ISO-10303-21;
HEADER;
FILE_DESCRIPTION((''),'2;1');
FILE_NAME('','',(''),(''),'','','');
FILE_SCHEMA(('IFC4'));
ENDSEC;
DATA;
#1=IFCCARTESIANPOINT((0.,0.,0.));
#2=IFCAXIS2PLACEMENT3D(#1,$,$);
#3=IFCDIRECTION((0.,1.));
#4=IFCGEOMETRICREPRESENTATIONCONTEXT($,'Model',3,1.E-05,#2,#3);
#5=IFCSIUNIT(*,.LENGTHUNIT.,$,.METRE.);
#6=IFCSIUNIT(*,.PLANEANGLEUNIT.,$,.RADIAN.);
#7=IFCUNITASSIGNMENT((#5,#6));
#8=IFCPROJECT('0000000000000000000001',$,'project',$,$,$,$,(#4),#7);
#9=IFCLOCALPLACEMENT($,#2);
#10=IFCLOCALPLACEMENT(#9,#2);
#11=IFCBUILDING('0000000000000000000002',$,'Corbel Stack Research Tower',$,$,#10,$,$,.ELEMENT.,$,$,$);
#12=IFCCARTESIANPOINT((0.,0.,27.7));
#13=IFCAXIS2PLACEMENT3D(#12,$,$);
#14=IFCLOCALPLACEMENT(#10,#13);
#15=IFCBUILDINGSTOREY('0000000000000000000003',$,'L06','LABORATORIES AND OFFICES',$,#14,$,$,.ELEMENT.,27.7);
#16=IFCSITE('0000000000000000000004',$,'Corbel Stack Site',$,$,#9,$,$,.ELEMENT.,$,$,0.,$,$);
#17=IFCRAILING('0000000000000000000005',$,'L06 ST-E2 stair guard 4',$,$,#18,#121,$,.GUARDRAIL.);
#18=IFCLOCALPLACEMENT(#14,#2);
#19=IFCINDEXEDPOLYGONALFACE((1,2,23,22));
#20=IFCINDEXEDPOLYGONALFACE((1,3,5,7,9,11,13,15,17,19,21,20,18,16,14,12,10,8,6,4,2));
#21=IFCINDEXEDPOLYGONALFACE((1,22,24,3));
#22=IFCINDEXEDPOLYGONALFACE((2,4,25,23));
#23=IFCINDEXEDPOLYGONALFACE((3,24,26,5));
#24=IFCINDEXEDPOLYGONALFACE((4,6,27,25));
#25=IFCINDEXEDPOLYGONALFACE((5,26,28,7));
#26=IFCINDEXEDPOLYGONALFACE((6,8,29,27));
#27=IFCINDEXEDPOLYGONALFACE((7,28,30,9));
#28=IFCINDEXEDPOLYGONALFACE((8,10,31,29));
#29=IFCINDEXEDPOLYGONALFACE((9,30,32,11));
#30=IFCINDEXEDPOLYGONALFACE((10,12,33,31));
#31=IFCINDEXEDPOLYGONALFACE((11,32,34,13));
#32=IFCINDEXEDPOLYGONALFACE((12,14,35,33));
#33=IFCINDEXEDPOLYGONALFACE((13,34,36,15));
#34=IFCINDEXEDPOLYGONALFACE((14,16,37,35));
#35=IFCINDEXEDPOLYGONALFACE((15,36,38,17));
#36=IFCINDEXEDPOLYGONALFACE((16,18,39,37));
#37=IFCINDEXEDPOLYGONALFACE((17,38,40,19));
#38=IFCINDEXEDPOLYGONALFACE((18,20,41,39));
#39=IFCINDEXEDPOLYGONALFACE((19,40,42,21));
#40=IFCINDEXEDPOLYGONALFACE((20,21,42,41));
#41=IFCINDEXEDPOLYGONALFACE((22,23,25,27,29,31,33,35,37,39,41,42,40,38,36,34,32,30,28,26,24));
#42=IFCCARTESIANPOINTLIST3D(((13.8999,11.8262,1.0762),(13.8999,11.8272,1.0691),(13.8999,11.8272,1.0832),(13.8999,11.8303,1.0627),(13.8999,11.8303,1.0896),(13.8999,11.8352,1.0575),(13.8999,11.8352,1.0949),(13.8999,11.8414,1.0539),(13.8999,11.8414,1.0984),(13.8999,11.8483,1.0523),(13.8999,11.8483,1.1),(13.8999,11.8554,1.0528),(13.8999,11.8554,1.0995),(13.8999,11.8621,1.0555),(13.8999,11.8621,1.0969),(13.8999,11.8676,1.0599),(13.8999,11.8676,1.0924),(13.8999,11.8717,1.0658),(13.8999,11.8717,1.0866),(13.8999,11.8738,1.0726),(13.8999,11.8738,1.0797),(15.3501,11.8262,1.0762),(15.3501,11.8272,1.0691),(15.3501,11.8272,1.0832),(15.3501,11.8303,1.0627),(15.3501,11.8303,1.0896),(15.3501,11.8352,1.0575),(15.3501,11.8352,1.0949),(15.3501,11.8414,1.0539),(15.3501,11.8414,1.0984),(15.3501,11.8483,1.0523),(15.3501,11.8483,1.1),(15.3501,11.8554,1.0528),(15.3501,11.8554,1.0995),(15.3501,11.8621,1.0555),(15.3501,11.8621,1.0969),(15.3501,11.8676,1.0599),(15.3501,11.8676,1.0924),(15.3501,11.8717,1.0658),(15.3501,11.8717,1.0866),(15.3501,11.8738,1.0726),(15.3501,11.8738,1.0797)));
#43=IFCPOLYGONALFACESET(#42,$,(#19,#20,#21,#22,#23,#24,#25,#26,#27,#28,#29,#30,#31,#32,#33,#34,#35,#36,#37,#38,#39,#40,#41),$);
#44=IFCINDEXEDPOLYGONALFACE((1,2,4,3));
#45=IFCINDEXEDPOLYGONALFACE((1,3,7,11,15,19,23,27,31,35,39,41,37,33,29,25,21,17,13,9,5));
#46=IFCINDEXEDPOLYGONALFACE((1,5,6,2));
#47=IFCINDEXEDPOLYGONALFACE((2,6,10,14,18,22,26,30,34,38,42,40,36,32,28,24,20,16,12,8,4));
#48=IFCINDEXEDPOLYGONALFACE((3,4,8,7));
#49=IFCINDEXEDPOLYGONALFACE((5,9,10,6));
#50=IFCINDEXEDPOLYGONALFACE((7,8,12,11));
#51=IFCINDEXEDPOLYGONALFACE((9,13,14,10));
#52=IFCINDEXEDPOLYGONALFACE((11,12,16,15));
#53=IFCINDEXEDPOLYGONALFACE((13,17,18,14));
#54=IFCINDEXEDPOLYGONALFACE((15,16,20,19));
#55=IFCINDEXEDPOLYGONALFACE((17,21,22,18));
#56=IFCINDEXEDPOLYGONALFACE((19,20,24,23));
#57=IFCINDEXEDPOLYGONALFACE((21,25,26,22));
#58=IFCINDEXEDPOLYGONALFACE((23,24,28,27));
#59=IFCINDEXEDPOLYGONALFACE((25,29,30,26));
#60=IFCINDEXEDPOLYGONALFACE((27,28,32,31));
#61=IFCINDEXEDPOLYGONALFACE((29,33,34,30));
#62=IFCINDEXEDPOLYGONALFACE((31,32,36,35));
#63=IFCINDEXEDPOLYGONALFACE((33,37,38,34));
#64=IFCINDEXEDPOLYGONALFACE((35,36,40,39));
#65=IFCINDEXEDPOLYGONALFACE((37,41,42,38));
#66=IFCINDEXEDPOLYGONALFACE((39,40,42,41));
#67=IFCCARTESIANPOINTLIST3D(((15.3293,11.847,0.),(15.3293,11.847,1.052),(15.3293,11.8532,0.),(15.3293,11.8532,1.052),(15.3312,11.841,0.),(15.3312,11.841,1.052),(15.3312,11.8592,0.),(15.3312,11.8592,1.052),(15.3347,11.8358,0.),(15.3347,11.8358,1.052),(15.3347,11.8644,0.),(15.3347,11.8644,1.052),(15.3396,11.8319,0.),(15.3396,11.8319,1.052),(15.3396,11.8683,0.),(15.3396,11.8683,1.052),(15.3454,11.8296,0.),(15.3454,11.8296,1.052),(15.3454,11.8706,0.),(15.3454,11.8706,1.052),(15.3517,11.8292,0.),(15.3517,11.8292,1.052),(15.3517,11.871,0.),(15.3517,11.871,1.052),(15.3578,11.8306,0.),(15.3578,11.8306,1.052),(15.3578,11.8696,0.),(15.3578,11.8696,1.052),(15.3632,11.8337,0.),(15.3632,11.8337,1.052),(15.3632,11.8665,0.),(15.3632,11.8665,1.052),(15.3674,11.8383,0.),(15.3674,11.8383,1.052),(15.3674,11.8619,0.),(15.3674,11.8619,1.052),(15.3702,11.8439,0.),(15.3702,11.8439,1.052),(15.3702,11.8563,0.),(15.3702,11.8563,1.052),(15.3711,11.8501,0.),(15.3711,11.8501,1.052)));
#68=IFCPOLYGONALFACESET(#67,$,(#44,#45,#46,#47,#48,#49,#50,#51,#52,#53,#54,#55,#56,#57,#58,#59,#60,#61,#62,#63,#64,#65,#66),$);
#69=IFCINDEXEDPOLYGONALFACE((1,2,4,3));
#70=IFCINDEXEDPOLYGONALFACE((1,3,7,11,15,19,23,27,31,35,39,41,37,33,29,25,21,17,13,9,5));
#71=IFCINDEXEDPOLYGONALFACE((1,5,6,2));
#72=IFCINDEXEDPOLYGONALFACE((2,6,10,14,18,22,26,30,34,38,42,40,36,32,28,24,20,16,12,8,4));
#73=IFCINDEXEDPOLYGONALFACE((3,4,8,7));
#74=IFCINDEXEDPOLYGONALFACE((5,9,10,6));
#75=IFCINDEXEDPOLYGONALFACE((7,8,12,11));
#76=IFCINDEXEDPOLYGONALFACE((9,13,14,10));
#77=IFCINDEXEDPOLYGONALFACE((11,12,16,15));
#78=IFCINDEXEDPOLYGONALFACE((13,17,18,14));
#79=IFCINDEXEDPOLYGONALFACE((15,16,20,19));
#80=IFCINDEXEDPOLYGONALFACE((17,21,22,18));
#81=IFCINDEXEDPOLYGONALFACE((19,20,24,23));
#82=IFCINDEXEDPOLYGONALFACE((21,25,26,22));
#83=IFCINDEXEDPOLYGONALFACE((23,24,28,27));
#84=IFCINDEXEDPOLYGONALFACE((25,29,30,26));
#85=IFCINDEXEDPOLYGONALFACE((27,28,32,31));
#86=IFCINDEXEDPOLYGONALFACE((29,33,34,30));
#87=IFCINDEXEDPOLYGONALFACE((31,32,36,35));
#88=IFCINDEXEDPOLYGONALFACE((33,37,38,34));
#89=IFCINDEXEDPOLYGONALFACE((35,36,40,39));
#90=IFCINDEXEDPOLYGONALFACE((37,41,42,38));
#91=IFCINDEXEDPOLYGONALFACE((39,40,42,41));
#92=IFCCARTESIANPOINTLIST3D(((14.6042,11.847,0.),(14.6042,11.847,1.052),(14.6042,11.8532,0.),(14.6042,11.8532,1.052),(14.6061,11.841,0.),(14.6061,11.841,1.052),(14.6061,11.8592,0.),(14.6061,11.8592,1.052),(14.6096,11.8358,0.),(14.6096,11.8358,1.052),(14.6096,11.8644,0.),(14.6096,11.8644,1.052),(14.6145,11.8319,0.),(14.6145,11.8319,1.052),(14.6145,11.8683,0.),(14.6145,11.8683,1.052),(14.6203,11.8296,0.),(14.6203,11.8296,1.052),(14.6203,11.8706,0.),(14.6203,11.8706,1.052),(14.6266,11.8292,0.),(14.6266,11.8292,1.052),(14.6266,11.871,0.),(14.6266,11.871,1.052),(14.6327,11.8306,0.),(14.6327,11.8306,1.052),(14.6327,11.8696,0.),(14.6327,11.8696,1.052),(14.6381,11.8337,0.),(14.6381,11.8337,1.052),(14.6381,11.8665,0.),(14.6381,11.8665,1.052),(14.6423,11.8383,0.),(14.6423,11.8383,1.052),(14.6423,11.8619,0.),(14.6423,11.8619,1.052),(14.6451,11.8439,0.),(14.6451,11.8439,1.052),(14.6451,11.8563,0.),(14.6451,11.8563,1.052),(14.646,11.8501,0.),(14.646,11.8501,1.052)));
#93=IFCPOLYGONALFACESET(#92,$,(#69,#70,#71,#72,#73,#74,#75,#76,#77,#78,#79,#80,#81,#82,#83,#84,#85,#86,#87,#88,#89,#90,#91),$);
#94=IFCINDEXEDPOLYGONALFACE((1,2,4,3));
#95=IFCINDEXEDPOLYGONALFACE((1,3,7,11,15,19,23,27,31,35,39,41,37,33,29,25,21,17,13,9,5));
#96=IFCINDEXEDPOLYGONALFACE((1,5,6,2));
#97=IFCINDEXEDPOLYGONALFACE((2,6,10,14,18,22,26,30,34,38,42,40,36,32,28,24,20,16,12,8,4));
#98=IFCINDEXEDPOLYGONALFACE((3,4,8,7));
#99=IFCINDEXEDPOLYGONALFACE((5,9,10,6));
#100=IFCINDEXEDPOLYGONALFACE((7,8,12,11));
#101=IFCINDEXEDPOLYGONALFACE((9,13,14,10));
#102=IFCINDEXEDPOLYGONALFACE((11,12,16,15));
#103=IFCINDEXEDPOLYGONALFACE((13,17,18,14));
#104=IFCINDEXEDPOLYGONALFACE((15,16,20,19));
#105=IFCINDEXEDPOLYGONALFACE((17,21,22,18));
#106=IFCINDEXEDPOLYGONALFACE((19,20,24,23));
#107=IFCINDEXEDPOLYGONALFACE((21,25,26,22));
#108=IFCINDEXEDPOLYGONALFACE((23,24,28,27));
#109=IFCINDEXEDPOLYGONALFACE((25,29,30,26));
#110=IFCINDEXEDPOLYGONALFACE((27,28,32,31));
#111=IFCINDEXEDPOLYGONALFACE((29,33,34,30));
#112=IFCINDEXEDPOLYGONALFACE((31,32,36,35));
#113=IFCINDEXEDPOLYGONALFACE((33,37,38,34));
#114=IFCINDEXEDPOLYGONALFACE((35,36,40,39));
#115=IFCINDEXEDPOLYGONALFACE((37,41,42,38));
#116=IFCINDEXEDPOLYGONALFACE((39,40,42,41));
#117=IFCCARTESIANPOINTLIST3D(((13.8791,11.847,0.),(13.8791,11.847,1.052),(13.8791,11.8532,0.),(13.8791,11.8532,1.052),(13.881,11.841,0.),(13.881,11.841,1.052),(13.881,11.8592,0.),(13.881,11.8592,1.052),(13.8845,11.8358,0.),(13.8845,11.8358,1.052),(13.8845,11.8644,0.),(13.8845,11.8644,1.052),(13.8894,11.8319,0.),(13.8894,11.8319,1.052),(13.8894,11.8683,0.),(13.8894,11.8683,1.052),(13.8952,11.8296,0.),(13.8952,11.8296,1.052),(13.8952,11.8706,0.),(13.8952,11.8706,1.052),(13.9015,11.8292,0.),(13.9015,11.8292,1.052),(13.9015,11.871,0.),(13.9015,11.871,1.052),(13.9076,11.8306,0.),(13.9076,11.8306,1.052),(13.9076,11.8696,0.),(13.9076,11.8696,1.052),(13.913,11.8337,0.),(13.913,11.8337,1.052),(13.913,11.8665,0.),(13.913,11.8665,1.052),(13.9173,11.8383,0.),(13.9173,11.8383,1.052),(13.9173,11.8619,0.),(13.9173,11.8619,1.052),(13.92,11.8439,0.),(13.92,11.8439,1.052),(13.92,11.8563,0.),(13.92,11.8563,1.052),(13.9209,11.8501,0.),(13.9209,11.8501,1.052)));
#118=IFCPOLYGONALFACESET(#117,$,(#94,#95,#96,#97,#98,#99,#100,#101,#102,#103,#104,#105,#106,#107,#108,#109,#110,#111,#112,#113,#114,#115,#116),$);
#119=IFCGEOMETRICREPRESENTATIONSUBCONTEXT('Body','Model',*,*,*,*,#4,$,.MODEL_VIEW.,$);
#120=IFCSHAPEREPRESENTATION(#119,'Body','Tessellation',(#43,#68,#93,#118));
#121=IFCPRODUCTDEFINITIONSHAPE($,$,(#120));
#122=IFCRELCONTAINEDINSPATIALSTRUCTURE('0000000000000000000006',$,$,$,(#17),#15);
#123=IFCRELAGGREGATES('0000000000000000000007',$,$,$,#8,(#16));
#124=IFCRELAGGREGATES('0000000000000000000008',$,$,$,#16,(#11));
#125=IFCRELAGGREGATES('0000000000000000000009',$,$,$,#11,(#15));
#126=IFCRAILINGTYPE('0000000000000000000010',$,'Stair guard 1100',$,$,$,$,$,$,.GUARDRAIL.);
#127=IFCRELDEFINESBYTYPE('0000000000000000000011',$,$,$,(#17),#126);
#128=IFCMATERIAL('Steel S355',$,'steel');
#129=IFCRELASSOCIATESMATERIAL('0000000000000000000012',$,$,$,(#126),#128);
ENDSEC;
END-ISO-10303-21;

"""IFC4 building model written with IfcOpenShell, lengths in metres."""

from ifc_helpers import new_model, si_unit, direction, frame, origin, origin_2d, place, context, subcontext, project, spatial, circle, extrude, material, type_object, element, save


model = new_model("IFC4")

# Units and contexts
model_context = context("Model", 3, precision=1e-05, world=origin(), true_north=direction((0.0, 1.0)))
body_context = subcontext(model_context, "Body", "Model", "MODEL_VIEW")
ifc_project = project(units=[si_unit("LENGTHUNIT", "METRE"), si_unit("PLANEANGLEUNIT", "RADIAN")], contexts=[model_context])

# Site, building, storey
site_placement = place(None, origin())
site = spatial("IfcSite", under=ifc_project, at=site_placement, Name="Corbel Stack Site", CompositionType="ELEMENT", RefElevation=0.0)
building_placement = place(site_placement, origin())
building = spatial("IfcBuilding", under=site, at=building_placement, Name="Corbel Stack Research Tower", CompositionType="ELEMENT")
storey_placement = place(building_placement, frame((0.0, 0.0, 27.7)))
storey = spatial("IfcBuildingStorey", under=building, at=storey_placement, Name="L06", Description="LABORATORIES AND OFFICES", CompositionType="ELEMENT", Elevation=27.7)

# Railing
ifc_material_1 = material(Name="Steel S355", Category="steel")
railing_type_1 = type_object("IfcRailingType", Name="Stair guard 1100", PredefinedType="GUARDRAIL", material=ifc_material_1)
railing_1_placement = place(storey_placement, frame((15.3501, 11.8501, 0.0)))
element("IfcRailing", 1, at=railing_1_placement, inside=storey, type_object=railing_type_1, Name="L06 ST-E2 stair guard 4", PredefinedType="GUARDRAIL", context=body_context, shape_type="SweptSolid", body=[
    extrude(circle(Radius=0.0239, at=origin_2d()), frame((0.0, 0.0, 1.0762), z_axis=(-1.0, 0.0, 0.0), x_axis=(0.0, -1.0, 0.0)), (0.0, 0.0, 1.0), 1.4502),
    extrude(circle(Radius=0.021, at=origin_2d()), origin(), (0.0, 0.0, 1.0), 1.052),
    extrude(circle(Radius=0.021, at=origin_2d()), frame((-0.7251, 0.0, 0.0)), (0.0, 0.0, 1.0), 1.052),
    extrude(circle(Radius=0.021, at=origin_2d()), frame((-1.4502, 0.0, 0.0)), (0.0, 0.0, 1.0), 1.052),
])

save(model, "model.ifc")
